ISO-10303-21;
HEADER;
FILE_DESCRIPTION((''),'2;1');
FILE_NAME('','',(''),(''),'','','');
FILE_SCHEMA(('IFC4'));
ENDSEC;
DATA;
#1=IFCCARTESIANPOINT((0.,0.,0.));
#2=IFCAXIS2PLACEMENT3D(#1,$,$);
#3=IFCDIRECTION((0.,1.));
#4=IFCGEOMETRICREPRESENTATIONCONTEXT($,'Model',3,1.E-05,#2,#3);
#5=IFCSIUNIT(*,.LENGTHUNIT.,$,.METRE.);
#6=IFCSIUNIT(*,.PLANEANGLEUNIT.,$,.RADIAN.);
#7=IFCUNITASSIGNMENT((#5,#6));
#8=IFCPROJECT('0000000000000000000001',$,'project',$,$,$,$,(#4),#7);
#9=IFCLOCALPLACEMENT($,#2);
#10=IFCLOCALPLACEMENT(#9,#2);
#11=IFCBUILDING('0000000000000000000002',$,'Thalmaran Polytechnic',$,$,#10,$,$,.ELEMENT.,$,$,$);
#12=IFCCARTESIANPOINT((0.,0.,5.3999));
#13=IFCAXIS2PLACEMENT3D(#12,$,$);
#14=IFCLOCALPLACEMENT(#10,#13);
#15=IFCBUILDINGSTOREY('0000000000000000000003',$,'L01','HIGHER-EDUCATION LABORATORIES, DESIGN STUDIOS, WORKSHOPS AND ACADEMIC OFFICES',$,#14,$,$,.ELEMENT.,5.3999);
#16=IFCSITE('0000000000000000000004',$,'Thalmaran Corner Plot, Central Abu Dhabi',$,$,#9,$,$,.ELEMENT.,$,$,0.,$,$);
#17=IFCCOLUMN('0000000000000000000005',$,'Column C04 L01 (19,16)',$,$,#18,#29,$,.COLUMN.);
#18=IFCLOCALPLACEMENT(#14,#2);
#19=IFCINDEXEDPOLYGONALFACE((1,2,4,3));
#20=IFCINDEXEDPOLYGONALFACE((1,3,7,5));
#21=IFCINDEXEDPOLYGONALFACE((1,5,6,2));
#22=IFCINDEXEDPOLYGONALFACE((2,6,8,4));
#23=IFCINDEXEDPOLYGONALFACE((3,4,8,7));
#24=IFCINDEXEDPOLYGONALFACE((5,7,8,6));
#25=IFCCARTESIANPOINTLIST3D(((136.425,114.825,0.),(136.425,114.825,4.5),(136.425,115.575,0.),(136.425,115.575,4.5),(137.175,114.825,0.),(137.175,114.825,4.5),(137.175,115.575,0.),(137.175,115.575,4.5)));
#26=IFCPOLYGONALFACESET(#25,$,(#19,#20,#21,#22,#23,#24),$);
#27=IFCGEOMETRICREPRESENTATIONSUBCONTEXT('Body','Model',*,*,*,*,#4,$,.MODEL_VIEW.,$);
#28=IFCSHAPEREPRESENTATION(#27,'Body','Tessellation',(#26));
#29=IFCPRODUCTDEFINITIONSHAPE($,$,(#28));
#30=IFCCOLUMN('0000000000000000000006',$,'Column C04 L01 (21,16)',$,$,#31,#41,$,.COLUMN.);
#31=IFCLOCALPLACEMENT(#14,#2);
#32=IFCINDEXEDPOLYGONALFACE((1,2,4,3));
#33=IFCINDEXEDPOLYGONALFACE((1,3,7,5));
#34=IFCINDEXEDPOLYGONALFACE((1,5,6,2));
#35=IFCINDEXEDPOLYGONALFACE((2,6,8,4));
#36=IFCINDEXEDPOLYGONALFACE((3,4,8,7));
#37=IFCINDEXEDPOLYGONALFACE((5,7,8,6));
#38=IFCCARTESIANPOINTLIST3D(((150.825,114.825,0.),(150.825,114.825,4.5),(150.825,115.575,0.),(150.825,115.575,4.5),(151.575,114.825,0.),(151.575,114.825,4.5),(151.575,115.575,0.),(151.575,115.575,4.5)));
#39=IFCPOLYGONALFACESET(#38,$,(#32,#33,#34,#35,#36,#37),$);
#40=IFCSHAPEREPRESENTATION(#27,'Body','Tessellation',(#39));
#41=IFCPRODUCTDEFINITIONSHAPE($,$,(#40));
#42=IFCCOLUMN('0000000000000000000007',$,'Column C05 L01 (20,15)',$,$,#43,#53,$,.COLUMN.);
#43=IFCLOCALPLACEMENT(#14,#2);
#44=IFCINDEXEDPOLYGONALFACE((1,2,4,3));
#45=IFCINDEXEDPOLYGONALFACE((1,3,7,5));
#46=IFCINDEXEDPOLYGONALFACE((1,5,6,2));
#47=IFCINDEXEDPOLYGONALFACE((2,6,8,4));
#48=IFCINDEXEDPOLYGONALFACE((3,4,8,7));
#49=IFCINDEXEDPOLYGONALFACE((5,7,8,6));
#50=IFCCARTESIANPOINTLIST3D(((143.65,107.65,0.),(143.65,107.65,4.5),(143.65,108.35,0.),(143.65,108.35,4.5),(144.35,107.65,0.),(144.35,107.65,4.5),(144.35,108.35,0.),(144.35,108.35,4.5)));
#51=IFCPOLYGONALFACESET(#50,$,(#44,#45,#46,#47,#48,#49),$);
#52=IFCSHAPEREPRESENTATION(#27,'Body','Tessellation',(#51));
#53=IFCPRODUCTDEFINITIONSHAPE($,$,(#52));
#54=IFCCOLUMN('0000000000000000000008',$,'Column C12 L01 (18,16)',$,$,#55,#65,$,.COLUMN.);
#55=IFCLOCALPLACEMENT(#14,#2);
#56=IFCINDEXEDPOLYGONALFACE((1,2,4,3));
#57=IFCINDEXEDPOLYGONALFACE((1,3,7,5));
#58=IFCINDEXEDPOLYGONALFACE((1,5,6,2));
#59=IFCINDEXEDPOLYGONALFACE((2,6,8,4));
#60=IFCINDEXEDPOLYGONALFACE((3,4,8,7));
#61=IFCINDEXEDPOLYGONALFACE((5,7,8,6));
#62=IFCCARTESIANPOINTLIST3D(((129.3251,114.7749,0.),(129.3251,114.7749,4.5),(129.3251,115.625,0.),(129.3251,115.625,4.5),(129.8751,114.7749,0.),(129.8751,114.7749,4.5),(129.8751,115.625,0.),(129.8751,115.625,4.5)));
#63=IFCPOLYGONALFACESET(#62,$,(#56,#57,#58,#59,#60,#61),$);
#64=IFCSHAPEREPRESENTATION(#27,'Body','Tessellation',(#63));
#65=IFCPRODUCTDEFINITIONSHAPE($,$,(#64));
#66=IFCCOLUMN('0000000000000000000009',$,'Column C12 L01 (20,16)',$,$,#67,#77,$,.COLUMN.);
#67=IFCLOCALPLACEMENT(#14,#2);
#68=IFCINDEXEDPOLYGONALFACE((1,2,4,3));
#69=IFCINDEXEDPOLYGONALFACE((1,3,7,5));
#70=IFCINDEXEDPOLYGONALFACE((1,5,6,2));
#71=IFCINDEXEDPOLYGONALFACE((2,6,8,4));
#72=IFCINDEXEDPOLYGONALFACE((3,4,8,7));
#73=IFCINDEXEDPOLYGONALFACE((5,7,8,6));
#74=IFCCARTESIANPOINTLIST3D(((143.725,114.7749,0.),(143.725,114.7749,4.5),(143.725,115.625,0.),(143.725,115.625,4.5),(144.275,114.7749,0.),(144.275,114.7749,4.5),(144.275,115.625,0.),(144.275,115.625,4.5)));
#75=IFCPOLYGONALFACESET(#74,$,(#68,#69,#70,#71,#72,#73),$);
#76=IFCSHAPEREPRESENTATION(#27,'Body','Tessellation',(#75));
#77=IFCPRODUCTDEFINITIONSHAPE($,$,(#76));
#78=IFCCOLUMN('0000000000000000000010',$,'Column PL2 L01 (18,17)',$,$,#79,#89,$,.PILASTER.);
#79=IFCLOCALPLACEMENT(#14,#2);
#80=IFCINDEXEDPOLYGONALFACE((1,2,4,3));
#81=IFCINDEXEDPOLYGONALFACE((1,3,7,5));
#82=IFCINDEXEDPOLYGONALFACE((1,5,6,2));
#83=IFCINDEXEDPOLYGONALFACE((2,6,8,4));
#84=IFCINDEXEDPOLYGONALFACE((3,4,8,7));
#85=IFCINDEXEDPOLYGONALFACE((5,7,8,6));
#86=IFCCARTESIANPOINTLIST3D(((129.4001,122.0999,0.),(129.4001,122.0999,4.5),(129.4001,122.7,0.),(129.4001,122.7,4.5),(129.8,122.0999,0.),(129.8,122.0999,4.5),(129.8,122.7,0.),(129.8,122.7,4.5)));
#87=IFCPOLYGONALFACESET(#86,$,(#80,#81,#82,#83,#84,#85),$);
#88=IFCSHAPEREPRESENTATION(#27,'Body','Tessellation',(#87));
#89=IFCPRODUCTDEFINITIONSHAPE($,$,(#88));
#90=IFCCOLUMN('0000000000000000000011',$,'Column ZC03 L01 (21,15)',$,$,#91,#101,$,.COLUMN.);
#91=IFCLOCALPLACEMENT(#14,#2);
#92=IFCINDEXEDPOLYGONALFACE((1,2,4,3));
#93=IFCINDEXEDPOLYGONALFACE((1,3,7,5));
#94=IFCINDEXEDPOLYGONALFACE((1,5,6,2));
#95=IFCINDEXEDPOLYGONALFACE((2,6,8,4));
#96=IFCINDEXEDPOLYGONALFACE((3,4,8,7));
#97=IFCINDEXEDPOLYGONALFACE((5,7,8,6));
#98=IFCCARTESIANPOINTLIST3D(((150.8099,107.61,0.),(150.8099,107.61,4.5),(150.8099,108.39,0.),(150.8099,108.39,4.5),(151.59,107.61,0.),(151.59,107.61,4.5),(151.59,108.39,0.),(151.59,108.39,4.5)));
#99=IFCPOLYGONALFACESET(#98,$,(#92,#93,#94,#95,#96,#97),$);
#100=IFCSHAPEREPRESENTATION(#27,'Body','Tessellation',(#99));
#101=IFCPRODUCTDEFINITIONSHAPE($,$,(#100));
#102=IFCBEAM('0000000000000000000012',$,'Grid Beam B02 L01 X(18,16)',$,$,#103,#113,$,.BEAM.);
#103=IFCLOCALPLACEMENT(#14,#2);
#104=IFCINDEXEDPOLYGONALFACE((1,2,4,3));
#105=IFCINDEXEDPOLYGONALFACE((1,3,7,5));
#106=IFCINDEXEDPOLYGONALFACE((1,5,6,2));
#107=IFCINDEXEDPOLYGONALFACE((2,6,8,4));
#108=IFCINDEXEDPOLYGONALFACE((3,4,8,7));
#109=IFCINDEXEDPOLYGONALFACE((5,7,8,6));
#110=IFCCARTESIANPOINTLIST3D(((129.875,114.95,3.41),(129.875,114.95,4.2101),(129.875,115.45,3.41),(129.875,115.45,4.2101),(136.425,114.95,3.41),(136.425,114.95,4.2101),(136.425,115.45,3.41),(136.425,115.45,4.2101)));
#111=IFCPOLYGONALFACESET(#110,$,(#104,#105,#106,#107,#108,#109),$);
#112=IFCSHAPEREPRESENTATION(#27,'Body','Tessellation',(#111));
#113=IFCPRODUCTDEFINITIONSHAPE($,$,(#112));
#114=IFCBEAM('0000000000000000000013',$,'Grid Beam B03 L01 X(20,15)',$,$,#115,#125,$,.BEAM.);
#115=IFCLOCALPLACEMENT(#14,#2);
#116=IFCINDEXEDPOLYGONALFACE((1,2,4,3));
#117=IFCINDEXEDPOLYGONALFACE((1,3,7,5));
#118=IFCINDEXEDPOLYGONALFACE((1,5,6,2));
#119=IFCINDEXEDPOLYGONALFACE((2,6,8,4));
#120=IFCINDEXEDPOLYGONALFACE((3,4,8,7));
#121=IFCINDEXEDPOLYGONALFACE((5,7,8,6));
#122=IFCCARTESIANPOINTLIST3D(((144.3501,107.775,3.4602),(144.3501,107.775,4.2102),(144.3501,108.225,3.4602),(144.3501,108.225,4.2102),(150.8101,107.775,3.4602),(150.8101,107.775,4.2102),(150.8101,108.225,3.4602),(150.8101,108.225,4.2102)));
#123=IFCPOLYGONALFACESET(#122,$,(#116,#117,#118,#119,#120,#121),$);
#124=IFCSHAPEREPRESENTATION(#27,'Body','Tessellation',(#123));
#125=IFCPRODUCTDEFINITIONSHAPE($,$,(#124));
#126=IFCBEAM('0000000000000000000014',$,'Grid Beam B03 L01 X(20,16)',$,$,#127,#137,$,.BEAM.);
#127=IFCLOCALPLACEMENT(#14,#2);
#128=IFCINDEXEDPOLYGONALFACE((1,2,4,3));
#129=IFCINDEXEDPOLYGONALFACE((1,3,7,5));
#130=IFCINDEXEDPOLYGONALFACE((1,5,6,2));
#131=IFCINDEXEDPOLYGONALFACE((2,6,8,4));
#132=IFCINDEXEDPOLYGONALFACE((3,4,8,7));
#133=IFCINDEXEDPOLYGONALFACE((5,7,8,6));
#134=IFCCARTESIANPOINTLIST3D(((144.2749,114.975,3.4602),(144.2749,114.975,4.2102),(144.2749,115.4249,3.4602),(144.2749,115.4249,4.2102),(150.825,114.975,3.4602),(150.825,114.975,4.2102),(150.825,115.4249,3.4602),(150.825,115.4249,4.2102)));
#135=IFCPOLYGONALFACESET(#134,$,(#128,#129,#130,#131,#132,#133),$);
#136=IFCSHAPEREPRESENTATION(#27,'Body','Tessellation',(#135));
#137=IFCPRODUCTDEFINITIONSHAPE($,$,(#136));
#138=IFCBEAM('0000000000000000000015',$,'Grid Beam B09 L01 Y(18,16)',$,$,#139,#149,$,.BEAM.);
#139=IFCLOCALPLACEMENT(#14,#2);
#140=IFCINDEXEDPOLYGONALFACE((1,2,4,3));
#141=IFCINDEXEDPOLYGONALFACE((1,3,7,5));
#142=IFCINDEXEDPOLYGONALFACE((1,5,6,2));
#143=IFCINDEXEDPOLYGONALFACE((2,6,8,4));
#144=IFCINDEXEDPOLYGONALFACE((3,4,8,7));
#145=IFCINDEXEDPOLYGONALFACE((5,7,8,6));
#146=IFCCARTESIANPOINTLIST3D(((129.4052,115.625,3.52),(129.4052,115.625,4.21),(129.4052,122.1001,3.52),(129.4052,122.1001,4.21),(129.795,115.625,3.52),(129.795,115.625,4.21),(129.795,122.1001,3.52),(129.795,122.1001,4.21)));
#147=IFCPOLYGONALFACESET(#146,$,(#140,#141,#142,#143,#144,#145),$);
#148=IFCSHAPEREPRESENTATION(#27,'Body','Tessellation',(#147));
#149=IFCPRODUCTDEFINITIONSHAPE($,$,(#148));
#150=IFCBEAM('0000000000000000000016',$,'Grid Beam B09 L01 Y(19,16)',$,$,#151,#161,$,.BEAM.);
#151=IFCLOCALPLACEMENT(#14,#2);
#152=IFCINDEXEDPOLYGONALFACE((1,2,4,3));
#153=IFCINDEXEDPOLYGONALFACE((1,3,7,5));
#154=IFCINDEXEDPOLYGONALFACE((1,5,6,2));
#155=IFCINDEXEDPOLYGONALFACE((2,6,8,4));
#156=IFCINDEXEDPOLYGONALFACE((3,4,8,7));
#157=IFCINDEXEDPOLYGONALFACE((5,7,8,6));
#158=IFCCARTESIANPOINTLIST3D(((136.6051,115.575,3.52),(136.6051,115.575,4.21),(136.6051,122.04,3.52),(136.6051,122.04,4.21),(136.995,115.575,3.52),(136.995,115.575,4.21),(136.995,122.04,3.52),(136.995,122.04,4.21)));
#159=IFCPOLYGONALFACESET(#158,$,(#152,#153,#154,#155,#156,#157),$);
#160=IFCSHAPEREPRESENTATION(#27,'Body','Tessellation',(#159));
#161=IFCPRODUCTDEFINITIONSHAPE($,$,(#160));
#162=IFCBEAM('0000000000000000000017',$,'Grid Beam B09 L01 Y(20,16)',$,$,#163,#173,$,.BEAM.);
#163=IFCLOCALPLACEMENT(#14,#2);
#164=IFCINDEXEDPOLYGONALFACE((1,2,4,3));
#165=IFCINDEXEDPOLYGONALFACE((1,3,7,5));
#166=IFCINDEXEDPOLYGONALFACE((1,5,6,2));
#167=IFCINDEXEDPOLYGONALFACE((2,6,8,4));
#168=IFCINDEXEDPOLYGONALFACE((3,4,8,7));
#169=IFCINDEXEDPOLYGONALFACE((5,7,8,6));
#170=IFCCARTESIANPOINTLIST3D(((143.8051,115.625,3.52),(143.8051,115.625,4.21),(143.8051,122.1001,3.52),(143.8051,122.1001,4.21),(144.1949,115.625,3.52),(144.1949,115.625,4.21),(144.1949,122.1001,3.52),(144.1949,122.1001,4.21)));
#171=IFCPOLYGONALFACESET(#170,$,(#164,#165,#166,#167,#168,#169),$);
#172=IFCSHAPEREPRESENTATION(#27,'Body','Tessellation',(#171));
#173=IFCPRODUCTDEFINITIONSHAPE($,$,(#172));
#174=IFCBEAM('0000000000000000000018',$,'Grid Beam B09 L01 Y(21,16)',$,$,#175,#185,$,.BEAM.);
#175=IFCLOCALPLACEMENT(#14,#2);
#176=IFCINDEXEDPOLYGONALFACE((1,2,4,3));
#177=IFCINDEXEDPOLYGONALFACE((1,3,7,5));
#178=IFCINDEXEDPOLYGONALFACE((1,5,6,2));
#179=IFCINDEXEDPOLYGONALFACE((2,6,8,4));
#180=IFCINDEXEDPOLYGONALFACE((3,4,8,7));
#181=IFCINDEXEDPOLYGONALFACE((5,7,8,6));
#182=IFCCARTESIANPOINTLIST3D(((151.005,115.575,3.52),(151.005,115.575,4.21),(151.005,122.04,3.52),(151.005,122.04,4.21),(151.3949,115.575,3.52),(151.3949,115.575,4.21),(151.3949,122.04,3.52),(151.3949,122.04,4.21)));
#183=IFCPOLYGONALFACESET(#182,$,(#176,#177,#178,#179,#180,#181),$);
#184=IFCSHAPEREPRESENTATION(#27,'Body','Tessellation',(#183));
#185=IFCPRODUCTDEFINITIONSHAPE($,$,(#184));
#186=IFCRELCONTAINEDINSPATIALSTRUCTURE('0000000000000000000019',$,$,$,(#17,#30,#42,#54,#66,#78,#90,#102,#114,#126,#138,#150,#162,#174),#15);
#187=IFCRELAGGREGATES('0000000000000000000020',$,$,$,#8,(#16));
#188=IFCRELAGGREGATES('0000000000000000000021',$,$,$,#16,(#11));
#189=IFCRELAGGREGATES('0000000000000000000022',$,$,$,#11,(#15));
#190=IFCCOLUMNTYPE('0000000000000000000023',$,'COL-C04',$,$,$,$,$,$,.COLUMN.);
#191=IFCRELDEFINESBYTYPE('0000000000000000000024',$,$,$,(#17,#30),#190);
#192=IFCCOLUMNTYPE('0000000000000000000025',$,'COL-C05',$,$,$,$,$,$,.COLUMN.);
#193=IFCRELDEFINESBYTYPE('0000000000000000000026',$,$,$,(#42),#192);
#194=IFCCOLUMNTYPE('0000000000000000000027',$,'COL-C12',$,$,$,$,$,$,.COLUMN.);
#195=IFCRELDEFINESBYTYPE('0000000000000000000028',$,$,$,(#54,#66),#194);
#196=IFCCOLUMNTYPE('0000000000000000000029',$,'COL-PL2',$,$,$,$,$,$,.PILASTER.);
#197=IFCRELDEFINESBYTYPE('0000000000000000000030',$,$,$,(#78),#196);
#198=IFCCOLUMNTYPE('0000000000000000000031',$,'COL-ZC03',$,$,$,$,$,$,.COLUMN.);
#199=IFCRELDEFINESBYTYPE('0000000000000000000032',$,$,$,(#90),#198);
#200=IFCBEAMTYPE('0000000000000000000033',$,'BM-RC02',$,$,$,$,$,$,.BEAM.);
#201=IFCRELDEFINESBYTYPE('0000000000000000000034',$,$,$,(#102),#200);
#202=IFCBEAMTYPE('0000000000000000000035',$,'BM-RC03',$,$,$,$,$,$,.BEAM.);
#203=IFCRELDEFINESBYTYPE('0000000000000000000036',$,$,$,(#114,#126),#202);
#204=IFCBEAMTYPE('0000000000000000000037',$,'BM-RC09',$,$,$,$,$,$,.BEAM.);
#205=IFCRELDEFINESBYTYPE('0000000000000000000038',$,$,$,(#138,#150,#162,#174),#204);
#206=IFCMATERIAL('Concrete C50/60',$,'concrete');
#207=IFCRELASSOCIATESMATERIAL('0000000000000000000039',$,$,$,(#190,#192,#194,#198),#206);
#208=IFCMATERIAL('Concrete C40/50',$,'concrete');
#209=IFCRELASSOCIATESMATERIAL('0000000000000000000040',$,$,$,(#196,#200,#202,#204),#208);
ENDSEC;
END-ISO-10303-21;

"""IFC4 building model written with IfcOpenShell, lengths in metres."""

from ifc_helpers import new_model, si_unit, direction, frame, origin, origin_2d, place, context, subcontext, project, spatial, rectangle, extrude, material, material_profile, profile_set, type_object, element, save


model = new_model("IFC4")

# Units and contexts
model_context = context("Model", 3, precision=1e-05, world=origin(), true_north=direction((0.0, 1.0)))
body_context = subcontext(model_context, "Body", "Model", "MODEL_VIEW")
ifc_project = project(units=[si_unit("LENGTHUNIT", "METRE"), si_unit("PLANEANGLEUNIT", "RADIAN")], contexts=[model_context])

# Site, building, storey
site_placement = place(None, origin())
site = spatial("IfcSite", under=ifc_project, at=site_placement, Name="Thalmaran Corner Plot, Central Abu Dhabi", CompositionType="ELEMENT", RefElevation=0.0)
building_placement = place(site_placement, origin())
building = spatial("IfcBuilding", under=site, at=building_placement, Name="Thalmaran Polytechnic", CompositionType="ELEMENT")
storey_placement = place(building_placement, frame((0.0, 0.0, 5.3999)))
storey = spatial("IfcBuildingStorey", under=building, at=storey_placement, Name="L01", Description="HIGHER-EDUCATION LABORATORIES, DESIGN STUDIOS, WORKSHOPS AND ACADEMIC OFFICES", CompositionType="ELEMENT", Elevation=5.3999)

# Columns
ifc_material_1 = material(Name="Concrete C50/60", Category="concrete")
ifc_material_profile_1 = material_profile(ifc_material_1, rectangle(XDim=0.75, YDim=0.75, at=origin_2d()), Name="RC 750x750")
ifc_profile_set_1 = profile_set([ifc_material_profile_1], Name="Concrete C50/60")
column_type_1 = type_object("IfcColumnType", Name="COL-C04", PredefinedType="COLUMN", material=ifc_profile_set_1)
for number, where, z_axis, x_axis, name in (
    (1, (136.8, 115.2, 0.0), (0.0, 0.0, 1.0), (1.0, 0.0, 0.0), "Column C04 L01 (19,16)"),
    (2, (151.2, 115.2, 0.0), (0.0, 0.0, 1.0), (1.0, 0.0, 0.0), "Column C04 L01 (21,16)"),
):
    element("IfcColumn", number, at=place(storey_placement, frame(where, z_axis=z_axis, x_axis=x_axis)), inside=storey, type_object=column_type_1, Name=name, PredefinedType="COLUMN", context=body_context, shape_type="SweptSolid", body=[
        extrude(rectangle(XDim=0.75, YDim=0.75, at=origin_2d()), origin(), (0.0, 0.0, 1.0), 4.5),
    ])
ifc_material_profile_2 = material_profile(ifc_material_1, rectangle(XDim=0.7, YDim=0.7, at=origin_2d()), Name="RC 700x700")
ifc_profile_set_2 = profile_set([ifc_material_profile_2], Name="Concrete C50/60")
column_type_2 = type_object("IfcColumnType", Name="COL-C05", PredefinedType="COLUMN", material=ifc_profile_set_2)
column_1_placement = place(storey_placement, frame((144.0, 108.0, 0.0), z_axis=(0.0, 0.0, 1.0), x_axis=(1.0, 0.0, 0.0)))
element("IfcColumn", 3, at=column_1_placement, inside=storey, type_object=column_type_2, Name="Column C05 L01 (20,15)", PredefinedType="COLUMN", context=body_context, shape_type="SweptSolid", body=[
    extrude(rectangle(XDim=0.7, YDim=0.7, at=origin_2d()), origin(), (0.0, 0.0, 1.0), 4.5),
])
ifc_material_profile_3 = material_profile(ifc_material_1, rectangle(XDim=0.55, YDim=0.8501, at=origin_2d()), Name="RC 550x850")
ifc_profile_set_3 = profile_set([ifc_material_profile_3], Name="Concrete C50/60")
column_type_3 = type_object("IfcColumnType", Name="COL-C12", PredefinedType="COLUMN", material=ifc_profile_set_3)
for number, where, z_axis, x_axis, name in (
    (4, (129.6001, 115.2, 0.0), (0.0, 0.0, 1.0), (1.0, 0.0, 0.0), "Column C12 L01 (18,16)"),
    (5, (144.0, 115.2, 0.0), (0.0, 0.0, 1.0), (1.0, 0.0, 0.0), "Column C12 L01 (20,16)"),
):
    element("IfcColumn", number, at=place(storey_placement, frame(where, z_axis=z_axis, x_axis=x_axis)), inside=storey, type_object=column_type_3, Name=name, PredefinedType="COLUMN", context=body_context, shape_type="SweptSolid", body=[
        extrude(rectangle(XDim=0.55, YDim=0.8501, at=origin_2d()), origin(), (0.0, 0.0, 1.0), 4.5),
    ])
ifc_material_2 = material(Name="Concrete C40/50", Category="concrete")
ifc_material_profile_4 = material_profile(ifc_material_2, rectangle(XDim=0.3999, YDim=0.6001, at=origin_2d()), Name="RC 400x600")
ifc_profile_set_4 = profile_set([ifc_material_profile_4], Name="Concrete C40/50")
column_type_4 = type_object("IfcColumnType", Name="COL-PL2", PredefinedType="PILASTER", material=ifc_profile_set_4)
column_2_placement = place(storey_placement, frame((129.6001, 122.3999, 0.0), z_axis=(0.0, 0.0, 1.0), x_axis=(1.0, 0.0, 0.0)))
element("IfcColumn", 6, at=column_2_placement, inside=storey, type_object=column_type_4, Name="Column PL2 L01 (18,17)", PredefinedType="PILASTER", context=body_context, shape_type="SweptSolid", body=[
    extrude(rectangle(XDim=0.3999, YDim=0.6001, at=origin_2d()), origin(), (0.0, 0.0, 1.0), 4.5),
])
ifc_material_profile_5 = material_profile(ifc_material_1, rectangle(XDim=0.78, YDim=0.78, at=origin_2d()), Name="RC 780x780")
ifc_profile_set_5 = profile_set([ifc_material_profile_5], Name="Concrete C50/60")
column_type_5 = type_object("IfcColumnType", Name="COL-ZC03", PredefinedType="COLUMN", material=ifc_profile_set_5)
column_3_placement = place(storey_placement, frame((151.2, 108.0, 0.0), z_axis=(0.0, 0.0, 1.0), x_axis=(1.0, 0.0, 0.0)))
element("IfcColumn", 7, at=column_3_placement, inside=storey, type_object=column_type_5, Name="Column ZC03 L01 (21,15)", PredefinedType="COLUMN", context=body_context, shape_type="SweptSolid", body=[
    extrude(rectangle(XDim=0.78, YDim=0.78, at=origin_2d()), origin(), (0.0, 0.0, 1.0), 4.5),
])

# Beams
ifc_material_profile_6 = material_profile(ifc_material_2, rectangle(XDim=0.5, YDim=0.8, at=origin_2d()), Name="RC 500x800")
ifc_profile_set_6 = profile_set([ifc_material_profile_6], Name="Concrete C40/50")
beam_type_1 = type_object("IfcBeamType", Name="BM-RC02", PredefinedType="BEAM", material=ifc_profile_set_6)
beam_1_placement = place(storey_placement, frame((129.875, 115.2, 3.8101), z_axis=(1.0, 0.0, 0.0), x_axis=(0.0, 1.0, 0.0)))
element("IfcBeam", 8, at=beam_1_placement, inside=storey, type_object=beam_type_1, Name="Grid Beam B02 L01 X(18,16)", PredefinedType="BEAM", context=body_context, shape_type="SweptSolid", body=[
    extrude(rectangle(XDim=0.5, YDim=0.8, at=origin_2d()), origin(), (0.0, 0.0, 1.0), 6.55),
])
ifc_material_profile_7 = material_profile(ifc_material_2, rectangle(XDim=0.45, YDim=0.75, at=origin_2d()), Name="RC 450x750")
ifc_profile_set_7 = profile_set([ifc_material_profile_7], Name="Concrete C40/50")
beam_type_2 = type_object("IfcBeamType", Name="BM-RC03", PredefinedType="BEAM", material=ifc_profile_set_7)
beam_2_placement = place(storey_placement, frame((144.3501, 108.0, 3.8352), z_axis=(1.0, 0.0, 0.0), x_axis=(0.0, 1.0, 0.0)))
element("IfcBeam", 9, at=beam_2_placement, inside=storey, type_object=beam_type_2, Name="Grid Beam B03 L01 X(20,15)", PredefinedType="BEAM", context=body_context, shape_type="SweptSolid", body=[
    extrude(rectangle(XDim=0.45, YDim=0.75, at=origin_2d()), origin(), (0.0, 0.0, 1.0), 6.46),
])
beam_3_placement = place(storey_placement, frame((144.2749, 115.2, 3.8352), z_axis=(1.0, 0.0, 0.0), x_axis=(0.0, 1.0, 0.0)))
element("IfcBeam", 10, at=beam_3_placement, inside=storey, type_object=beam_type_2, Name="Grid Beam B03 L01 X(20,16)", PredefinedType="BEAM", context=body_context, shape_type="SweptSolid", body=[
    extrude(rectangle(XDim=0.45, YDim=0.75, at=origin_2d()), origin(), (0.0, 0.0, 1.0), 6.55),
])
ifc_material_profile_8 = material_profile(ifc_material_2, rectangle(XDim=0.3899, YDim=0.6899, at=origin_2d()), Name="RC 390x690")
ifc_profile_set_8 = profile_set([ifc_material_profile_8], Name="Concrete C40/50")
beam_type_3 = type_object("IfcBeamType", Name="BM-RC09", PredefinedType="BEAM", material=ifc_profile_set_8)
beam_4_placement = place(storey_placement, frame((129.6001, 115.625, 3.865), z_axis=(0.0, 1.0, 0.0), x_axis=(-1.0, 0.0, 0.0)))
element("IfcBeam", 11, at=beam_4_placement, inside=storey, type_object=beam_type_3, Name="Grid Beam B09 L01 Y(18,16)", PredefinedType="BEAM", context=body_context, shape_type="SweptSolid", body=[
    extrude(rectangle(XDim=0.3899, YDim=0.6899, at=origin_2d()), origin(), (0.0, 0.0, 1.0), 6.4751),
])
beam_5_placement = place(storey_placement, frame((136.8, 115.575, 3.865), z_axis=(0.0, 1.0, 0.0), x_axis=(-1.0, 0.0, 0.0)))
element("IfcBeam", 12, at=beam_5_placement, inside=storey, type_object=beam_type_3, Name="Grid Beam B09 L01 Y(19,16)", PredefinedType="BEAM", context=body_context, shape_type="SweptSolid", body=[
    extrude(rectangle(XDim=0.3899, YDim=0.6899, at=origin_2d()), origin(), (0.0, 0.0, 1.0), 6.4651),
])
beam_6_placement = place(storey_placement, frame((144.0, 115.625, 3.865), z_axis=(0.0, 1.0, 0.0), x_axis=(-1.0, 0.0, 0.0)))
element("IfcBeam", 13, at=beam_6_placement, inside=storey, type_object=beam_type_3, Name="Grid Beam B09 L01 Y(20,16)", PredefinedType="BEAM", context=body_context, shape_type="SweptSolid", body=[
    extrude(rectangle(XDim=0.3899, YDim=0.6899, at=origin_2d()), origin(), (0.0, 0.0, 1.0), 6.4751),
])
beam_7_placement = place(storey_placement, frame((151.2, 115.575, 3.865), z_axis=(0.0, 1.0, 0.0), x_axis=(-1.0, 0.0, 0.0)))
element("IfcBeam", 14, at=beam_7_placement, inside=storey, type_object=beam_type_3, Name="Grid Beam B09 L01 Y(21,16)", PredefinedType="BEAM", context=body_context, shape_type="SweptSolid", body=[
    extrude(rectangle(XDim=0.3899, YDim=0.6899, at=origin_2d()), origin(), (0.0, 0.0, 1.0), 6.4651),
])

save(model, "model.ifc")
